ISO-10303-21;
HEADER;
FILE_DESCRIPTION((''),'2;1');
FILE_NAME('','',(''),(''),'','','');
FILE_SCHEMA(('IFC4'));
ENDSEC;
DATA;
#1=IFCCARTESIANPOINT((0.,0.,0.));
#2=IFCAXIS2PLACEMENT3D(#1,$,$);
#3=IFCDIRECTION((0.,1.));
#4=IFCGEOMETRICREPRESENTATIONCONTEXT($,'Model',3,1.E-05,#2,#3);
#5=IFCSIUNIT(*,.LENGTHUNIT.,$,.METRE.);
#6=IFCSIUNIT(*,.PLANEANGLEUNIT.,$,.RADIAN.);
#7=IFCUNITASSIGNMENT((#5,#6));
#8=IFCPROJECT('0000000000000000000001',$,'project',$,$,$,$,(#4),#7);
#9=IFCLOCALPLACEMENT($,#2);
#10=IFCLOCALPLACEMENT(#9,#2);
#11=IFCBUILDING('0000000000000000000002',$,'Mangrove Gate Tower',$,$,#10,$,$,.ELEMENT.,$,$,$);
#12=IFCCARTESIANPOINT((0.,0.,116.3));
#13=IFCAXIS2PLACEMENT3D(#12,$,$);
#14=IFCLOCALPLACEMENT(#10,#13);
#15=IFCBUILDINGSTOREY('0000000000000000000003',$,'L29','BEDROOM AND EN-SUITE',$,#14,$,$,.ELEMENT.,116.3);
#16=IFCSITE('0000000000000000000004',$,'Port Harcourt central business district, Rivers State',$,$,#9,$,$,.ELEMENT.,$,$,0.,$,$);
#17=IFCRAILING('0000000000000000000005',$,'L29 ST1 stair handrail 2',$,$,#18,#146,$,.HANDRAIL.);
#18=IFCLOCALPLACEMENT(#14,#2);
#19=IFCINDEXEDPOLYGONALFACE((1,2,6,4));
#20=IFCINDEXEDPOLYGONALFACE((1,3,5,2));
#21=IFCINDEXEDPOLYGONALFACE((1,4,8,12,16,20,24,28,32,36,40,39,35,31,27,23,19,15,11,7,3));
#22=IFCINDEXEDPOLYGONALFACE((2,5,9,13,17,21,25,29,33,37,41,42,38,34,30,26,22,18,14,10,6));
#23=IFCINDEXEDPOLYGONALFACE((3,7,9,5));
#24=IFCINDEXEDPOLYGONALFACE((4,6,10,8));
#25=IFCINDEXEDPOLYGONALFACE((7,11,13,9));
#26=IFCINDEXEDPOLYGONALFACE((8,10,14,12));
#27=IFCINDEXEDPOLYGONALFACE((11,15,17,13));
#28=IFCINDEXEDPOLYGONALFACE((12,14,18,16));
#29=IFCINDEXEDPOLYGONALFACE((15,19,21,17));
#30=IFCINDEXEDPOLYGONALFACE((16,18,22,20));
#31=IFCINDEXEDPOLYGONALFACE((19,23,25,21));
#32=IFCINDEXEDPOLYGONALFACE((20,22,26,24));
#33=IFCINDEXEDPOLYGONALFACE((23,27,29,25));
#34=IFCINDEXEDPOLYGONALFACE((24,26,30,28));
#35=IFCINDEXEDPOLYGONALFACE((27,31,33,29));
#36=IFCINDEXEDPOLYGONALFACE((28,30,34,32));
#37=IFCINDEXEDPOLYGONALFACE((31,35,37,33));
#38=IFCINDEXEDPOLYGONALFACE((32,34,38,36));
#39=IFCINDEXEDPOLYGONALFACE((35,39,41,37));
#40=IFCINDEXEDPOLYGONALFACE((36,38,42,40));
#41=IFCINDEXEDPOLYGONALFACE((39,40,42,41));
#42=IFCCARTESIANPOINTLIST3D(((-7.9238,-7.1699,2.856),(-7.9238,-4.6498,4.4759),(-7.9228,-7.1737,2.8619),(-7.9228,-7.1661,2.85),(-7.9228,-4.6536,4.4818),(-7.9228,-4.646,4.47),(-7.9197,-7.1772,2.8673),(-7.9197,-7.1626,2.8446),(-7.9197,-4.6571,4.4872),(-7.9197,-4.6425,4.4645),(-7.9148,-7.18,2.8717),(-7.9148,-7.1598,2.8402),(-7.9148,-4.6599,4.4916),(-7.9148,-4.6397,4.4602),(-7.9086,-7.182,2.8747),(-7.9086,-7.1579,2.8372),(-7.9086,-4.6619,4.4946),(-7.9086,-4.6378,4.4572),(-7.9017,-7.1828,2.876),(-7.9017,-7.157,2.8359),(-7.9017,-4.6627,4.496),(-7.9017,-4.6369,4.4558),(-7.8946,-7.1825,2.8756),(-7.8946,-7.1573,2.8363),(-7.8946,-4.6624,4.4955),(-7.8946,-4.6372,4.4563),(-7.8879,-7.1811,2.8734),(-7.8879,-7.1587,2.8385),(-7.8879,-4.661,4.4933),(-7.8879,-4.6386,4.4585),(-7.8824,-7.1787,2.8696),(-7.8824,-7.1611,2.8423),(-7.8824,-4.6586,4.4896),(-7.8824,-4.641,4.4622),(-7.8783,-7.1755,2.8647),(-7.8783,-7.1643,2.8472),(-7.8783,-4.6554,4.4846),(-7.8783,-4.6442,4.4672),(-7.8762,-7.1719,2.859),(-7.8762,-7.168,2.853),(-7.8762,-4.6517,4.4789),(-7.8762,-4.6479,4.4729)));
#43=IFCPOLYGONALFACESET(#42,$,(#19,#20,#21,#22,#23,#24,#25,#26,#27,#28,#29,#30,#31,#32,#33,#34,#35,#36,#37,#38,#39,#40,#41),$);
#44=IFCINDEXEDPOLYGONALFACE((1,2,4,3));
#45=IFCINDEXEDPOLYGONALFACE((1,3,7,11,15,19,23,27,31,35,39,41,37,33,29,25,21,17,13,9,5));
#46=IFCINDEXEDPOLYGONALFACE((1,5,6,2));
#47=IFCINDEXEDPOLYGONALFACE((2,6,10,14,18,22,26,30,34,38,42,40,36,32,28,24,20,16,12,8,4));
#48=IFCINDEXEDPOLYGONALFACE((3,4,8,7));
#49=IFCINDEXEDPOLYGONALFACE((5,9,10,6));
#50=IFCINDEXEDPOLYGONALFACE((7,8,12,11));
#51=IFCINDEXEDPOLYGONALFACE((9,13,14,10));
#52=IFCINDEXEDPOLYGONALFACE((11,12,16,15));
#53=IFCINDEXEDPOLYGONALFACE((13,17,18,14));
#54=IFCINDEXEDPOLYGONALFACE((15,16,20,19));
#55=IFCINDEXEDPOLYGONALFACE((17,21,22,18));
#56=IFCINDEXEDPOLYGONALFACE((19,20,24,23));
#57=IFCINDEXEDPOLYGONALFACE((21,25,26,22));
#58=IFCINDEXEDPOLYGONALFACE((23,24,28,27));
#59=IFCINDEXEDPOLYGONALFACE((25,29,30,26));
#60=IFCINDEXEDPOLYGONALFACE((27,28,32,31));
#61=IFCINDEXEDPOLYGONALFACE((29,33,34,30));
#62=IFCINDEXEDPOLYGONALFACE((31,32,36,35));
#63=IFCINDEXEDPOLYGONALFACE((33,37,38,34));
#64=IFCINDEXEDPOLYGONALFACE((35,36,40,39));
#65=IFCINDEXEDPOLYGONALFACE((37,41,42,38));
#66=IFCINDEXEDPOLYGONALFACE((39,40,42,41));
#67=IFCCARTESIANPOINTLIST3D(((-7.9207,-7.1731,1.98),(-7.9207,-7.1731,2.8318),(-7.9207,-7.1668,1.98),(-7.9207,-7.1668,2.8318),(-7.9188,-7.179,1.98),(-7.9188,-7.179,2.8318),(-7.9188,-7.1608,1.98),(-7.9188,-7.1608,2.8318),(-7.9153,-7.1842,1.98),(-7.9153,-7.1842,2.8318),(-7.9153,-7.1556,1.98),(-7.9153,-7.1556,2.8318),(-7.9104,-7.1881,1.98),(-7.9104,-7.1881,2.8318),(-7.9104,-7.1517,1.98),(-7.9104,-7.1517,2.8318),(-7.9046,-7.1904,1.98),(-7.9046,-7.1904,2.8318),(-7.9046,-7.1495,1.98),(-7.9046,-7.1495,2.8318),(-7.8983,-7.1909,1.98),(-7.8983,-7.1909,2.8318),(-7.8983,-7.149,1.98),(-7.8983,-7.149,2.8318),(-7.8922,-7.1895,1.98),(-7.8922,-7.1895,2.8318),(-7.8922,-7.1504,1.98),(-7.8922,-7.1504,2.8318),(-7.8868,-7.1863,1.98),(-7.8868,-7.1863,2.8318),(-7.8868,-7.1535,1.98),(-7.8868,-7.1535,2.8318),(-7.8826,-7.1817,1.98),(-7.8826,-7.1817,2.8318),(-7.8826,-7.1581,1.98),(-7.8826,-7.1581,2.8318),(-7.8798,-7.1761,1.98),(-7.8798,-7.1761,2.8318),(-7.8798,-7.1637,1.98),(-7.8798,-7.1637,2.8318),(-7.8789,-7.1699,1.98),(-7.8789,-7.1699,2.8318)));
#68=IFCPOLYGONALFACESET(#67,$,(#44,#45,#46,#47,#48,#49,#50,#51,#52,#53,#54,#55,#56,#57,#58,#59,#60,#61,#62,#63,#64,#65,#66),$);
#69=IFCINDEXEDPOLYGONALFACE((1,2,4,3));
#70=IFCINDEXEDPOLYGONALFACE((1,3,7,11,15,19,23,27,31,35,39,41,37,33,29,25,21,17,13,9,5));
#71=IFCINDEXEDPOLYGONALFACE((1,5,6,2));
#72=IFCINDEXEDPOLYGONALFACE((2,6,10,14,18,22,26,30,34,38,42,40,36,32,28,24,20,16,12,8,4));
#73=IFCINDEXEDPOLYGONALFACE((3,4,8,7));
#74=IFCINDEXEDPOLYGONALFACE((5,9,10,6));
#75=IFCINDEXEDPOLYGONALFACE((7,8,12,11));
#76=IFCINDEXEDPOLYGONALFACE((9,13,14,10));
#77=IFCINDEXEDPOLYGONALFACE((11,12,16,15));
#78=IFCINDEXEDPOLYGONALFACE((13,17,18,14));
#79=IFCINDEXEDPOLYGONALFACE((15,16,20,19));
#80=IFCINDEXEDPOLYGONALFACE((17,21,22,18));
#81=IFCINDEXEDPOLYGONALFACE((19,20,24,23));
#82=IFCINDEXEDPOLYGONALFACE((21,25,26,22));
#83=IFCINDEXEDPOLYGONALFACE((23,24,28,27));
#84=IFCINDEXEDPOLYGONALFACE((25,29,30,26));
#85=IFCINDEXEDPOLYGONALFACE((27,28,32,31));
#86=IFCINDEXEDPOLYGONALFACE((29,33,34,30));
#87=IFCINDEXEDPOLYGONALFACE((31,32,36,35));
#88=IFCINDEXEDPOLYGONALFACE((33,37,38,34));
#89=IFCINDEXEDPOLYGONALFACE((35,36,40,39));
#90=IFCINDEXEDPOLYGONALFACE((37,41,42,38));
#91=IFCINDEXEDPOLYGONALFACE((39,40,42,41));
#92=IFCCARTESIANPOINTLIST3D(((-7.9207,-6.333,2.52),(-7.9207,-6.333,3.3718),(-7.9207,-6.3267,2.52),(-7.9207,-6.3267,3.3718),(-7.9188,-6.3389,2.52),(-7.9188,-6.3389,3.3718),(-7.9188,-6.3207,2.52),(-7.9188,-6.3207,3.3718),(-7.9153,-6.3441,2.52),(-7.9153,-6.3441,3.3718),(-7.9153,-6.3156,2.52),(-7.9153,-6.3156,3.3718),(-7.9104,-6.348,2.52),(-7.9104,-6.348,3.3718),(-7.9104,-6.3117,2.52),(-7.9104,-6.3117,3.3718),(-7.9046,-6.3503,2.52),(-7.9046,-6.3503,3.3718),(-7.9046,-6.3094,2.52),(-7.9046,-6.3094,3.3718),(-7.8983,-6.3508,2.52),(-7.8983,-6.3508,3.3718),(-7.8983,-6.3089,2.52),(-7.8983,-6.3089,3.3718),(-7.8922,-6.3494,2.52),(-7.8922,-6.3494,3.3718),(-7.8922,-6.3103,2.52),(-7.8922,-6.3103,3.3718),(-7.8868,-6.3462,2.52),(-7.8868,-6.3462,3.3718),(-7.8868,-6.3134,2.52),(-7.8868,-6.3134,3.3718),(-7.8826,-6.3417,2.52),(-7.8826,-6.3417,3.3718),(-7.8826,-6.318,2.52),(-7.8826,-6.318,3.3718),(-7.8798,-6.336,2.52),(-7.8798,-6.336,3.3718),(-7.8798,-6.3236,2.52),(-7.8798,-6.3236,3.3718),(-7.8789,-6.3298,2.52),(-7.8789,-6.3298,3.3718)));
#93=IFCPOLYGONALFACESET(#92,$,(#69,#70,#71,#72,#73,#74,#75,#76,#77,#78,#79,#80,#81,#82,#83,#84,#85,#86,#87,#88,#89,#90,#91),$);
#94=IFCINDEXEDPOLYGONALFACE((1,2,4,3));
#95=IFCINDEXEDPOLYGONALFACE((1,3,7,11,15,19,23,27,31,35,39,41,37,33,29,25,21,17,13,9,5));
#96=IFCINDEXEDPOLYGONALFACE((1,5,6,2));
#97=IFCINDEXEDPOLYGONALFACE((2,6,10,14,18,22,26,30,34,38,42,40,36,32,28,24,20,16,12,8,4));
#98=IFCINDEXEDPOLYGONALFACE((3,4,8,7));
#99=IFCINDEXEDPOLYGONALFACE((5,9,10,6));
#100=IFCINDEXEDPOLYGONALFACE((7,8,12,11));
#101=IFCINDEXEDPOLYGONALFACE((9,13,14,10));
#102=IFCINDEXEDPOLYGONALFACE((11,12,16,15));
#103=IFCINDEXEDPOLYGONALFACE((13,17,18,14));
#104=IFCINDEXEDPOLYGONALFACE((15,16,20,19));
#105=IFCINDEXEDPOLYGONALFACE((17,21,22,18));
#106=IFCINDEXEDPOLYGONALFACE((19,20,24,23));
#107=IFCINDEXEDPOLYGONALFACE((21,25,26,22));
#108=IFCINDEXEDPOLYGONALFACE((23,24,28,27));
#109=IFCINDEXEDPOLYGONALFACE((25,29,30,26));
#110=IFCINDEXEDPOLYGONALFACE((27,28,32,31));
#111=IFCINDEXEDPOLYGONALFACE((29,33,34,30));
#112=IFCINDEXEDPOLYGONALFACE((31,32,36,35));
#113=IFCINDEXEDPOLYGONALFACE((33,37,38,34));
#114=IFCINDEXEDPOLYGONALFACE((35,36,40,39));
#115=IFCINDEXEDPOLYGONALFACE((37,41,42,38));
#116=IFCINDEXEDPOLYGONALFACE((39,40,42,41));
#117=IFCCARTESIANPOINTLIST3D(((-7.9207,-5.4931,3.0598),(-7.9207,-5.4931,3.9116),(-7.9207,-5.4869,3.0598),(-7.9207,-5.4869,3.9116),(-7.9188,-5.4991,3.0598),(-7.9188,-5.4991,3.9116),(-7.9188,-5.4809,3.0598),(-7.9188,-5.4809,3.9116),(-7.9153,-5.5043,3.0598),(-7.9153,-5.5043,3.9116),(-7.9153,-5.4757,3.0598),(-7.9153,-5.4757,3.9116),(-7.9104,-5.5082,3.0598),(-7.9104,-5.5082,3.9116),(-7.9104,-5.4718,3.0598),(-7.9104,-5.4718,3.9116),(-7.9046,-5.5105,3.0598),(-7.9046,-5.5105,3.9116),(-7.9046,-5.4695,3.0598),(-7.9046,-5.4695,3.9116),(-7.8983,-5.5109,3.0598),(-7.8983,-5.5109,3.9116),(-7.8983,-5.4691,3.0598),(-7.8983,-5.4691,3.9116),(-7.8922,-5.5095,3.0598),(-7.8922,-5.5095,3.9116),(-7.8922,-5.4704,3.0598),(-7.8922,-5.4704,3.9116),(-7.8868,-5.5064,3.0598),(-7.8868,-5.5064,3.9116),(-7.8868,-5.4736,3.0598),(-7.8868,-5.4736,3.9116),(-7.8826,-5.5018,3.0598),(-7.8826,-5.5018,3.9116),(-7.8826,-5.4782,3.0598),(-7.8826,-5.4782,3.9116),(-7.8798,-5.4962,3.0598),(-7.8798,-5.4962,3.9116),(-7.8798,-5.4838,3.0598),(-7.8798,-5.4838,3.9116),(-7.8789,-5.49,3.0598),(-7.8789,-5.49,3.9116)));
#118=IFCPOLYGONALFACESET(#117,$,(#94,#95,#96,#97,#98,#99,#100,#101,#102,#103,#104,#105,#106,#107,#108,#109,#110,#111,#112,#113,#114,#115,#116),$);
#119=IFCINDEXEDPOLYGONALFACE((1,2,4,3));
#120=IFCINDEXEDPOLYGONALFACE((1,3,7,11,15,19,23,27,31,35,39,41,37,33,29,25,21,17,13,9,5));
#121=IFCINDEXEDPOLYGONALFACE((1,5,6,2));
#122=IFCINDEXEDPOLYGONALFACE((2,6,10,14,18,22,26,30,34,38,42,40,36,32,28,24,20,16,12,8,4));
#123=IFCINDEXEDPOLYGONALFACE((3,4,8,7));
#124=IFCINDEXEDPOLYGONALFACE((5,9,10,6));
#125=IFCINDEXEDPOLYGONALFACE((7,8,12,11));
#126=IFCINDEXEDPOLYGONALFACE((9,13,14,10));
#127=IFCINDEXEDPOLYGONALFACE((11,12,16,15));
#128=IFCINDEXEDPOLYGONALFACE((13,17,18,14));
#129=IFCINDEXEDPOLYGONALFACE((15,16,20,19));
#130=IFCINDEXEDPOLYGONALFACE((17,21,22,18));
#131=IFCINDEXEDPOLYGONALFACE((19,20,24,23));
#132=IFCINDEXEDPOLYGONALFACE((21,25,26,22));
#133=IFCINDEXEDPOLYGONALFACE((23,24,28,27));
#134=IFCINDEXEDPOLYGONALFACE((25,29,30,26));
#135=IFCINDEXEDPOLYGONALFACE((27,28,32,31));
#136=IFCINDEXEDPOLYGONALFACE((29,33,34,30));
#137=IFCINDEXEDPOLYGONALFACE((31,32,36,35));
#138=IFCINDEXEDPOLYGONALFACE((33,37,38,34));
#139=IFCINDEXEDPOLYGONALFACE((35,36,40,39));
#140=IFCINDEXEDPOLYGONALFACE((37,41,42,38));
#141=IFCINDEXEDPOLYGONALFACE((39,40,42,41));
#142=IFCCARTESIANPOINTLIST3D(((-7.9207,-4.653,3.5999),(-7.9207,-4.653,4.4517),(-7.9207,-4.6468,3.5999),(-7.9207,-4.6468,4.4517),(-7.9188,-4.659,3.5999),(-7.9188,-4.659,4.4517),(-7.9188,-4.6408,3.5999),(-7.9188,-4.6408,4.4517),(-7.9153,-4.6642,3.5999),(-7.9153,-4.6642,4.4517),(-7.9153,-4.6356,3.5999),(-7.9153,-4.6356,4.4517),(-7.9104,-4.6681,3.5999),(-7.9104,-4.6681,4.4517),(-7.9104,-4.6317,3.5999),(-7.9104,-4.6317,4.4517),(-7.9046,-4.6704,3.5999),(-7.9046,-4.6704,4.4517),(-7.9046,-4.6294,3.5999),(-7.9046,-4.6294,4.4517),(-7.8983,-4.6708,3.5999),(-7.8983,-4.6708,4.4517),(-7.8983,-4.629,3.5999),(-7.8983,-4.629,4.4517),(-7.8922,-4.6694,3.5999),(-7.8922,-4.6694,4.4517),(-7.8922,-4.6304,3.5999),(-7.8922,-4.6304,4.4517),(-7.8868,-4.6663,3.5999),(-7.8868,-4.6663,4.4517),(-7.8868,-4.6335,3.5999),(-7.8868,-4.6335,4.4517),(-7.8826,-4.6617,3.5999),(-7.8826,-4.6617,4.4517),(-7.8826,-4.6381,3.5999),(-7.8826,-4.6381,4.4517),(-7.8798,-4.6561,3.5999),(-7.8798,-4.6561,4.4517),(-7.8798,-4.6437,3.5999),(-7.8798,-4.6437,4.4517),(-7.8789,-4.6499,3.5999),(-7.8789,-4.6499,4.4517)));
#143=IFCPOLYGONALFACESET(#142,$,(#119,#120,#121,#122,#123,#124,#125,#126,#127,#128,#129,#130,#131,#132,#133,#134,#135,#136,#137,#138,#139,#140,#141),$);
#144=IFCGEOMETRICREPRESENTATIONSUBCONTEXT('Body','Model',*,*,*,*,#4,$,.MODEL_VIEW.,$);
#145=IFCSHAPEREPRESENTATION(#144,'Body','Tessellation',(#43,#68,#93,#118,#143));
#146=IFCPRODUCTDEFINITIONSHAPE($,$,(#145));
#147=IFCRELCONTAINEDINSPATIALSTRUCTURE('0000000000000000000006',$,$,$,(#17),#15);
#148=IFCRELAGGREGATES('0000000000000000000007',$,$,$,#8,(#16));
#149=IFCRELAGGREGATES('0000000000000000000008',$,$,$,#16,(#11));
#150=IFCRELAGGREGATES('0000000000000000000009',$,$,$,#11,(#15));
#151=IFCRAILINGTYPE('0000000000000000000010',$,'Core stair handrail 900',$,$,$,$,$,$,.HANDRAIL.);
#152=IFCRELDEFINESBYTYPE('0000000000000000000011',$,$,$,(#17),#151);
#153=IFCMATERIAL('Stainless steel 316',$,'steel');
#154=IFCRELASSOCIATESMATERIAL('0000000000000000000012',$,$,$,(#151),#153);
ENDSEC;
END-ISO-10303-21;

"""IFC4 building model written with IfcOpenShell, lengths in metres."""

from ifc_helpers import new_model, si_unit, direction, frame, origin, origin_2d, place, context, subcontext, project, spatial, circle, extrude, material, type_object, element, save


model = new_model("IFC4")

# Units and contexts
model_context = context("Model", 3, precision=1e-05, world=origin(), true_north=direction((0.0, 1.0)))
body_context = subcontext(model_context, "Body", "Model", "MODEL_VIEW")
ifc_project = project(units=[si_unit("LENGTHUNIT", "METRE"), si_unit("PLANEANGLEUNIT", "RADIAN")], contexts=[model_context])

# Site, building, storey
site_placement = place(None, origin())
site = spatial("IfcSite", under=ifc_project, at=site_placement, Name="Port Harcourt central business district, Rivers State", CompositionType="ELEMENT", RefElevation=0.0)
building_placement = place(site_placement, origin())
building = spatial("IfcBuilding", under=site, at=building_placement, Name="Mangrove Gate Tower", CompositionType="ELEMENT")
storey_placement = place(building_placement, frame((0.0, 0.0, 116.3)))
storey = spatial("IfcBuildingStorey", under=building, at=storey_placement, Name="L29", Description="BEDROOM AND EN-SUITE", CompositionType="ELEMENT", Elevation=116.3)

# Railing
ifc_material_1 = material(Name="Stainless steel 316", Category="steel")
railing_type_1 = type_object("IfcRailingType", Name="Core stair handrail 900", PredefinedType="HANDRAIL", material=ifc_material_1)
railing_1_placement = place(storey_placement, frame((-7.8999, -7.1699, 1.98)))
element("IfcRailing", 1, at=railing_1_placement, inside=storey, type_object=railing_type_1, Name="L29 ST1 stair handrail 2", PredefinedType="HANDRAIL", context=body_context, shape_type="SweptSolid", body=[
    extrude(circle(Radius=0.0239, at=origin_2d()), frame((0.0, 0.0, 0.876), z_axis=(0.0, 0.8412, 0.540725), x_axis=(-1.0, 0.0, 0.0)), (0.0, 0.0, 1.0), 2.9958),
    extrude(circle(Radius=0.021, at=origin_2d()), origin(), (0.0, 0.0, 1.0), 0.8518),
    extrude(circle(Radius=0.021, at=origin_2d()), frame((0.0, 0.8401, 0.54)), (0.0, 0.0, 1.0), 0.8518),
    extrude(circle(Radius=0.021, at=origin_2d()), frame((0.0, 1.6799, 1.0798)), (0.0, 0.0, 1.0), 0.8518),
    extrude(circle(Radius=0.021, at=origin_2d()), frame((0.0, 2.52, 1.6199)), (0.0, 0.0, 1.0), 0.8518),
])

save(model, "model.ifc")
